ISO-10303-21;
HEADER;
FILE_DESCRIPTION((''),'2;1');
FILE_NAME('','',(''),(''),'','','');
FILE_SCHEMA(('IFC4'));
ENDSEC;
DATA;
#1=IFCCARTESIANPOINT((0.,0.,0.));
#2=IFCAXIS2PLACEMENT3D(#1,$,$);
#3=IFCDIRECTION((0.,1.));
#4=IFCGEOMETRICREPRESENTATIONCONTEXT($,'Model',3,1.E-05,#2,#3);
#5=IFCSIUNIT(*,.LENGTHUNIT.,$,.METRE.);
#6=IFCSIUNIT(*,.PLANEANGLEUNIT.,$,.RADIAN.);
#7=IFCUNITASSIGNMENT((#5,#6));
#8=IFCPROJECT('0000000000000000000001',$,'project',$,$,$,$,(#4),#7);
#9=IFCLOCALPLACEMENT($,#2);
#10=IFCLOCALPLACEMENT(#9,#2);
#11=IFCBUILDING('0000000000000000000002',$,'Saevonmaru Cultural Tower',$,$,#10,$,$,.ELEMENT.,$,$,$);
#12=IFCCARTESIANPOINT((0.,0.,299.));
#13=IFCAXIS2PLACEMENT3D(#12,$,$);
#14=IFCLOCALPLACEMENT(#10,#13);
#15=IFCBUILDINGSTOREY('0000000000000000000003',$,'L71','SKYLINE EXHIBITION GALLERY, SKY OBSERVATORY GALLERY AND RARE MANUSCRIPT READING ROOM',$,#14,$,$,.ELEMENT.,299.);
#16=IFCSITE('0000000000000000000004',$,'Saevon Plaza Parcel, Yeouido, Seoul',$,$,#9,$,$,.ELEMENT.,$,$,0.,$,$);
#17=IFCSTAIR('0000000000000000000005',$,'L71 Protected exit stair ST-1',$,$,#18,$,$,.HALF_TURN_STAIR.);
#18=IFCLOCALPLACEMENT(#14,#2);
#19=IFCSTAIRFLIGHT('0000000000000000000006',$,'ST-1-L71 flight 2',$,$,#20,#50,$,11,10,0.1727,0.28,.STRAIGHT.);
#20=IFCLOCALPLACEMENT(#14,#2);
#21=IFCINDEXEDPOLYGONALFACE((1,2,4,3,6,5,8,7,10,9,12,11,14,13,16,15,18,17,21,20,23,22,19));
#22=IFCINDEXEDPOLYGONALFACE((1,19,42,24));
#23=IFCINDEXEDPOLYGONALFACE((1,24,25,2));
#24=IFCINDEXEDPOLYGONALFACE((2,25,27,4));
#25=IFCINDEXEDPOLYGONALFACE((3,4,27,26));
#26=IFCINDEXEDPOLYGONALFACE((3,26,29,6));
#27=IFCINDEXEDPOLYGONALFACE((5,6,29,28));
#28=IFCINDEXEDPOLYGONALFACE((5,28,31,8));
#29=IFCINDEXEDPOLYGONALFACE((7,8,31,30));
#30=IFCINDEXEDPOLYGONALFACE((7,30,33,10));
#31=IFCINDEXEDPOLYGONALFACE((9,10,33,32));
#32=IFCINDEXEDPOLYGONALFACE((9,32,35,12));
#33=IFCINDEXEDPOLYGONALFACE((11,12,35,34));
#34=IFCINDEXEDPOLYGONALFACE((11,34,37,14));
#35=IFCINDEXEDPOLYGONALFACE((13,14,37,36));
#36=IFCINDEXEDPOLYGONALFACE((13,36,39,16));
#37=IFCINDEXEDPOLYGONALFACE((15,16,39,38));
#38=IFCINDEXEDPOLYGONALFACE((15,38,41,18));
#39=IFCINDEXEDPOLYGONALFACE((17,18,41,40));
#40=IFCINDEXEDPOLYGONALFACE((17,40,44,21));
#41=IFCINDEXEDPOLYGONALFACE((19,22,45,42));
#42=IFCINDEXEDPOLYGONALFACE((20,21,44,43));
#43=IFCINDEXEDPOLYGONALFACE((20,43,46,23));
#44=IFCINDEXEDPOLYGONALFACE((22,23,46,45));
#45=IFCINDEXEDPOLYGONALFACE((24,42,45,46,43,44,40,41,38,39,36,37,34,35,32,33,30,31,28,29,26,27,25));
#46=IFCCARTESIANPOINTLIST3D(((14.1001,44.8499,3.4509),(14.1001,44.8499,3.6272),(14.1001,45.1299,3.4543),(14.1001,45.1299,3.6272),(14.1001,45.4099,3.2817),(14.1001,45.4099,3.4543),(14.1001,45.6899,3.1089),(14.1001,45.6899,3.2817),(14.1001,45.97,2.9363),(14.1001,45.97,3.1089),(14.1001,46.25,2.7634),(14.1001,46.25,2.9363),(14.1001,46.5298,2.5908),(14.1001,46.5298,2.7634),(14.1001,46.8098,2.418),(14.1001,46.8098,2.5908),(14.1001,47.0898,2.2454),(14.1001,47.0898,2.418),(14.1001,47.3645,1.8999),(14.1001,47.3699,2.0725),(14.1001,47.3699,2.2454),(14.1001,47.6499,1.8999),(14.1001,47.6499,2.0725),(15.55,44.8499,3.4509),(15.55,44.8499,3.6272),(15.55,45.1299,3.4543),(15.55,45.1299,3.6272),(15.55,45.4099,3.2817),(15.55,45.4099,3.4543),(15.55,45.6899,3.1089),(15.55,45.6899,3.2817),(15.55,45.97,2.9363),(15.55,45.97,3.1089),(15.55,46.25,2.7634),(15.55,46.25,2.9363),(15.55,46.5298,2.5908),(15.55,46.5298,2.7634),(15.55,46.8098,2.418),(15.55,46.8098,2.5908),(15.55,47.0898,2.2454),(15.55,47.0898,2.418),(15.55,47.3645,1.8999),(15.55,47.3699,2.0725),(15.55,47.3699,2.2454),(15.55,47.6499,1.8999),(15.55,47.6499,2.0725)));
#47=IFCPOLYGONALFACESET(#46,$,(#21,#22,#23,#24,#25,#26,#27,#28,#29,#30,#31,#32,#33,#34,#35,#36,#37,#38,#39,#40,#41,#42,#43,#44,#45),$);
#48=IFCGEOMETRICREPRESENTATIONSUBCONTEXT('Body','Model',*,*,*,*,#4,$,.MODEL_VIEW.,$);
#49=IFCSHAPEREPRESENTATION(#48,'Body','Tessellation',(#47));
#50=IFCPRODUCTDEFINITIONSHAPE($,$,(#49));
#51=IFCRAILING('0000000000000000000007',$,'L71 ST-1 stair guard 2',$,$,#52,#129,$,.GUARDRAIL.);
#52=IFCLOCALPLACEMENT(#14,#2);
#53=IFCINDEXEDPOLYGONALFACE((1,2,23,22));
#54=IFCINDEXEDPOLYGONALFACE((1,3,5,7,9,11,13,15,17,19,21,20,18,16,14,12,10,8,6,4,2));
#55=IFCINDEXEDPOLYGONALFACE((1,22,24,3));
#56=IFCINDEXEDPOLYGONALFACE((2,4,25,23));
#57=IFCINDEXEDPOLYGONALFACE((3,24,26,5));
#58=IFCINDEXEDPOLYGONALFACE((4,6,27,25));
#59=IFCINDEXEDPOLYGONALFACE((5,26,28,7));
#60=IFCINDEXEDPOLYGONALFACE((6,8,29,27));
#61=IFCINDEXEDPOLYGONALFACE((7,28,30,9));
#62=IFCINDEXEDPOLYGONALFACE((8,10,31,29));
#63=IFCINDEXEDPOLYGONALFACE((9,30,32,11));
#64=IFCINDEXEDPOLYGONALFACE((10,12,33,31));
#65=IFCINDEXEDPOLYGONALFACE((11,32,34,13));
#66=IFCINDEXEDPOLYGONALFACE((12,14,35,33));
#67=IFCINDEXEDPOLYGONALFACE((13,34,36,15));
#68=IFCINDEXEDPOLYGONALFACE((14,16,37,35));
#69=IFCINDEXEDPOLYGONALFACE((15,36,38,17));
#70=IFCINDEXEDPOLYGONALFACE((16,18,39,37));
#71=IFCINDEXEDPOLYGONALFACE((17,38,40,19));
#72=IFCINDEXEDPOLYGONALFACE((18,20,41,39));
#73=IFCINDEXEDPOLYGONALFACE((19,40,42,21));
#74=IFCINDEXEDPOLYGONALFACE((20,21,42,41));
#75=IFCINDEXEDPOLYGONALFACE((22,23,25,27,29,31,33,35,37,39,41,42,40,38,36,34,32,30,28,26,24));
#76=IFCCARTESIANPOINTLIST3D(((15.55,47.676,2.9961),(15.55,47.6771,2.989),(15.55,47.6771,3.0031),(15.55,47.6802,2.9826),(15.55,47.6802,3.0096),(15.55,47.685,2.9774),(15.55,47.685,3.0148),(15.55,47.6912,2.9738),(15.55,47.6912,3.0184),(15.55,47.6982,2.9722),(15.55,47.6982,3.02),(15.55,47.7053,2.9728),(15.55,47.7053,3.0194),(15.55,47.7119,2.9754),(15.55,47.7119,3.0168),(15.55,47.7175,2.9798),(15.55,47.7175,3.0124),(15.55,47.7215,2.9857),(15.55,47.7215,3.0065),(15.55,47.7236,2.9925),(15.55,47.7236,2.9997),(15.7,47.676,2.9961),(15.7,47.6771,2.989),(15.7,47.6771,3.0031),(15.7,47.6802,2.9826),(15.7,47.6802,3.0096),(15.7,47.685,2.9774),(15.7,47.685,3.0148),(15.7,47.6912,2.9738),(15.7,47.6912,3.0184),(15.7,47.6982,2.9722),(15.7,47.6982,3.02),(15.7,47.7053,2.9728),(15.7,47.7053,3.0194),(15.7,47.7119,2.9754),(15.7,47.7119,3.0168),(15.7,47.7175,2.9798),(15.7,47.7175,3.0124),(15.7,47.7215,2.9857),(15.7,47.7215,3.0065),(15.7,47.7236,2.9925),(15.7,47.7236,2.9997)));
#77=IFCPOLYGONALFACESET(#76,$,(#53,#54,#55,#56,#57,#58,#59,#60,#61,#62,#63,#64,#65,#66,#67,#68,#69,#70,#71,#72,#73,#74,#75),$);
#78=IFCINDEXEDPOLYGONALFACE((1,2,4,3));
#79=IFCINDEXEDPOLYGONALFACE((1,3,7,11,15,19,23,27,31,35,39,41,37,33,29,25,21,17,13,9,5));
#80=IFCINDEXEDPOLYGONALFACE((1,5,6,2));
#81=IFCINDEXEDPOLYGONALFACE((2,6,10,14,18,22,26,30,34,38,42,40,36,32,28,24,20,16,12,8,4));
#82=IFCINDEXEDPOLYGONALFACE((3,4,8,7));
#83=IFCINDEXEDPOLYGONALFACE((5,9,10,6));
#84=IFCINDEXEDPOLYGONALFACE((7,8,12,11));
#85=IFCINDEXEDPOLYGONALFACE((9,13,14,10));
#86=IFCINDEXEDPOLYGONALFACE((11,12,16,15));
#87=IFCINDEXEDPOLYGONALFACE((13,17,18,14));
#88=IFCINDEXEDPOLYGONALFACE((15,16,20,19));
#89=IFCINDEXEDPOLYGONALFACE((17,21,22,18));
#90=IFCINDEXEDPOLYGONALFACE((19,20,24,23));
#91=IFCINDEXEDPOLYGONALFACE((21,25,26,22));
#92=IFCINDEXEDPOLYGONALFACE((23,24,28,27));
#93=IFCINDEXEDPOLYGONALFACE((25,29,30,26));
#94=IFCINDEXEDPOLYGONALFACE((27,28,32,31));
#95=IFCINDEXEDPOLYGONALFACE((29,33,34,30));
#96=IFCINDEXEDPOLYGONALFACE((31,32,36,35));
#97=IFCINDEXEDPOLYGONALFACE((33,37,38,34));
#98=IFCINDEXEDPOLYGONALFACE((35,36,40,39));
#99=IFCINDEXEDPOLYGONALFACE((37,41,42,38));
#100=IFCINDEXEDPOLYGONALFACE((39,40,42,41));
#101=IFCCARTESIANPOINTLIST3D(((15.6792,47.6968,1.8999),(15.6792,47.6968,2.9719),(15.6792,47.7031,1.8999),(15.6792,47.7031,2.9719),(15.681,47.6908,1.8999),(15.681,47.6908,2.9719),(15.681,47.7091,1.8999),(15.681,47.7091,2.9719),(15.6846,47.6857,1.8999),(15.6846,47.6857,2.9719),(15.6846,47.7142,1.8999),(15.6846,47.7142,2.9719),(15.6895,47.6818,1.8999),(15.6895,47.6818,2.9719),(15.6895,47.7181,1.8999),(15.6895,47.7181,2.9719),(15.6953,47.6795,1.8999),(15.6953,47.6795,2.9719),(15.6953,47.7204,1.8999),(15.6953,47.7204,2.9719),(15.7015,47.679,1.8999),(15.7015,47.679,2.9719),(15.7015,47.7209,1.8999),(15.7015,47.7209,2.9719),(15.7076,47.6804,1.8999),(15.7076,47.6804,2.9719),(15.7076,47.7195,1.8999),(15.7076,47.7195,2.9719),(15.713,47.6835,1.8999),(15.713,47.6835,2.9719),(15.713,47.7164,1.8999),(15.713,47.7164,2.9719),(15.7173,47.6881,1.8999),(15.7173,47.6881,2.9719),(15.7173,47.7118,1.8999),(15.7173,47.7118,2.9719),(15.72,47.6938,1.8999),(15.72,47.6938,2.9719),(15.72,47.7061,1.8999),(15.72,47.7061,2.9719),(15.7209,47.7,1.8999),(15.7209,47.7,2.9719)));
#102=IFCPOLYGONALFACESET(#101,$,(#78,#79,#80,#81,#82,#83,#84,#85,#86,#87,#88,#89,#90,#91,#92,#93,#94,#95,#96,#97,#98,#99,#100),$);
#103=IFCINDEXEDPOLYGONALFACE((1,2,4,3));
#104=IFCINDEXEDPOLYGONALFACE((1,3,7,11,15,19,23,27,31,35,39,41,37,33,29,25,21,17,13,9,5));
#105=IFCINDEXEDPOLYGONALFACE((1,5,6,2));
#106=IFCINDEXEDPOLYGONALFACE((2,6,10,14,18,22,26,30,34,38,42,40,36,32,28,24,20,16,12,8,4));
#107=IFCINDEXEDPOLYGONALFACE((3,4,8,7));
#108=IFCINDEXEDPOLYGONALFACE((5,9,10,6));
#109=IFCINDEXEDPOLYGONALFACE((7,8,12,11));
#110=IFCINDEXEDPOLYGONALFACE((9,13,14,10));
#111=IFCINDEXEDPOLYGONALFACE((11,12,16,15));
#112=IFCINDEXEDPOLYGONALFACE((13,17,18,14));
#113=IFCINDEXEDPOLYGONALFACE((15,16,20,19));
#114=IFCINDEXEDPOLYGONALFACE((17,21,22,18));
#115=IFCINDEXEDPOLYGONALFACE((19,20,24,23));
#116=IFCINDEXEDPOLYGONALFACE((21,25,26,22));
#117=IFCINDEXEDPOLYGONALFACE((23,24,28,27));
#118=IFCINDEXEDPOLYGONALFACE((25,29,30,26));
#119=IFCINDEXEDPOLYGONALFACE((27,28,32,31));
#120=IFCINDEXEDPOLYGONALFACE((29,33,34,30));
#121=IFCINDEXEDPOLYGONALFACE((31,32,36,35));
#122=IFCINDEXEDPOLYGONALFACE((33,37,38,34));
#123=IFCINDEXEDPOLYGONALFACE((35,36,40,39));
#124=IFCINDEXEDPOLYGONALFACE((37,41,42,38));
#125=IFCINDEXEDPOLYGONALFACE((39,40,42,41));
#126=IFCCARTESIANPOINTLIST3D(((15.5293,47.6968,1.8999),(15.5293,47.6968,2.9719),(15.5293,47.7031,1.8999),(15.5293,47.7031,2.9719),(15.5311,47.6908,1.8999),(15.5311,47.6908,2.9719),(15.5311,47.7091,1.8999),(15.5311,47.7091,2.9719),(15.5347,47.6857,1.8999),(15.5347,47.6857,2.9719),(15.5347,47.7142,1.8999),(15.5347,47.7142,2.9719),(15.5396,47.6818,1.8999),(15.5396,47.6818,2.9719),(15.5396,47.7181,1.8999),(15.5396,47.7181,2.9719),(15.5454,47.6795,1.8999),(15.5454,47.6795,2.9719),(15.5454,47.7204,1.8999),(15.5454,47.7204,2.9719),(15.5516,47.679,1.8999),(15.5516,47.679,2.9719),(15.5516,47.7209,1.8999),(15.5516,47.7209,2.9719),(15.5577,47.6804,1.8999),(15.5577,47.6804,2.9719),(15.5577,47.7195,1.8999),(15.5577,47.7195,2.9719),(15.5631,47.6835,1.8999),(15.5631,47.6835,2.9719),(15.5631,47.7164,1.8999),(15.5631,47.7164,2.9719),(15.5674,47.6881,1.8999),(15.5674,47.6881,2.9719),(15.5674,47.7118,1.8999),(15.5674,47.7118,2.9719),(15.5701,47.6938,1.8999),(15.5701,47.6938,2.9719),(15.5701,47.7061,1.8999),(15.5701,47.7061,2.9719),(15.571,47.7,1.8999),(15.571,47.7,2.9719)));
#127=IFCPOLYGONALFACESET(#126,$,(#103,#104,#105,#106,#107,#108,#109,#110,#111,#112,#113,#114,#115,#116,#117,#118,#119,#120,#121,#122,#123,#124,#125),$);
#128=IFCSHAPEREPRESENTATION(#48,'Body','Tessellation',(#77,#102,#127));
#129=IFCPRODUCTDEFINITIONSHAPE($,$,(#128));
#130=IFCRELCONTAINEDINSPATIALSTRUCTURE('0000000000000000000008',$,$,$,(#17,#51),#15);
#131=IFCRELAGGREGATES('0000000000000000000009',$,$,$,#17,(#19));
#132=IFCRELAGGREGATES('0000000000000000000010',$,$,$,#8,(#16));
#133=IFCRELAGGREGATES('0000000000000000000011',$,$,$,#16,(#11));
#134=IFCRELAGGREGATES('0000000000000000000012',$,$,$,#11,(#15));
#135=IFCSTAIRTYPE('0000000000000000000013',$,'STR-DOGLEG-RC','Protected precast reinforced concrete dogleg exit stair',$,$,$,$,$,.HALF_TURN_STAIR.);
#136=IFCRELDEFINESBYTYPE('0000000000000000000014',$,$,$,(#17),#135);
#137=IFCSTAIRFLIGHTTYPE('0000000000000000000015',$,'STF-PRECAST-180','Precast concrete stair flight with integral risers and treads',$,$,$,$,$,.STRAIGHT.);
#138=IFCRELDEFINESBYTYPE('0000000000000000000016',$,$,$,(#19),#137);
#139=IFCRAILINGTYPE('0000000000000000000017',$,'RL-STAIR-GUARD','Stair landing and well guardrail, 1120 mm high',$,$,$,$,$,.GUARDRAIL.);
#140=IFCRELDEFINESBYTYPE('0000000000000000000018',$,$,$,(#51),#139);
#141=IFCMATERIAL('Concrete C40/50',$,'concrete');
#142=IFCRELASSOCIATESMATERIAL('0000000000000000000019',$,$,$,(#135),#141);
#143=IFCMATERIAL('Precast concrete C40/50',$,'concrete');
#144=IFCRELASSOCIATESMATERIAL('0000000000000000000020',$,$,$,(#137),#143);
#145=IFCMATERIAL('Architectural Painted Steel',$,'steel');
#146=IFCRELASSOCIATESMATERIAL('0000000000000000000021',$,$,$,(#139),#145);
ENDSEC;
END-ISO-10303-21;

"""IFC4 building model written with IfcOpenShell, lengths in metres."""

from ifc_helpers import new_model, si_unit, direction, frame, origin, origin_2d, place, context, subcontext, project, spatial, polyline, circle, outline, extrude, material, type_object, element, aggregate, save


model = new_model("IFC4")

# Units and contexts
model_context = context("Model", 3, precision=1e-05, world=origin(), true_north=direction((0.0, 1.0)))
body_context = subcontext(model_context, "Body", "Model", "MODEL_VIEW")
ifc_project = project(units=[si_unit("LENGTHUNIT", "METRE"), si_unit("PLANEANGLEUNIT", "RADIAN")], contexts=[model_context])

# Site, building, storey
site_placement = place(None, origin())
site = spatial("IfcSite", under=ifc_project, at=site_placement, Name="Saevon Plaza Parcel, Yeouido, Seoul", CompositionType="ELEMENT", RefElevation=0.0)
building_placement = place(site_placement, origin())
building = spatial("IfcBuilding", under=site, at=building_placement, Name="Saevonmaru Cultural Tower", CompositionType="ELEMENT")
storey_placement = place(building_placement, frame((0.0, 0.0, 299.0)))
storey = spatial("IfcBuildingStorey", under=building, at=storey_placement, Name="L71", Description="SKYLINE EXHIBITION GALLERY, SKY OBSERVATORY GALLERY AND RARE MANUSCRIPT READING ROOM", CompositionType="ELEMENT", Elevation=299.0)

# Shared definitions
ifc_material_1 = material(Name="Concrete C40/50", Category="concrete")

# Stair, stair flight
stair_type = type_object("IfcStairType", Name="STR-DOGLEG-RC", Description="Protected precast reinforced concrete dogleg exit stair", PredefinedType="HALF_TURN_STAIR", material=ifc_material_1)
stair_placement = place(storey_placement, origin())
stair = element("IfcStair", 1, at=stair_placement, inside=storey, type_object=stair_type, Name="L71 Protected exit stair ST-1", PredefinedType="HALF_TURN_STAIR")
ifc_material_2 = material(Name="Precast concrete C40/50", Category="concrete")
stair_flight_type = type_object("IfcStairFlightType", Name="STF-PRECAST-180", Description="Precast concrete stair flight with integral risers and treads", PredefinedType="STRAIGHT", material=ifc_material_2)
stair_flight_placement = place(storey_placement, frame((14.825, 47.6499, 1.8999), z_axis=(0.0, 0.0, 1.0), x_axis=(0.0, -1.0, 0.0)))
stair_flight = element("IfcStairFlight", 2, at=stair_flight_placement, type_object=stair_flight_type, Name="ST-1-L71 flight 2", NumberOfRisers=11, NumberOfTreads=10, PredefinedType="STRAIGHT", RiserHeight=0.1727, TreadLength=0.28, context=body_context, shape_type="SweptSolid", body=[
    extrude(outline(polyline([(0.0, 0.0), (0.0, 0.1726), (0.28, 0.1726), (0.28, 0.3455), (0.5601, 0.3455), (0.5601, 0.5181), (0.8401, 0.5181), (0.8401, 0.6909), (1.1201, 0.6909), (1.1201, 0.8635), (1.3999, 0.8635), (1.3999, 1.0364), (1.6799, 1.0364), (1.6799, 1.209), (1.96, 1.209), (1.96, 1.3818), (2.24, 1.3818), (2.24, 1.5544), (2.52, 1.5544), (2.52, 1.7273), (2.8, 1.7273), (2.8, 1.8999), (2.8, 1.551), (0.2854, 0.0), (0.0, 0.0)])), frame((0.0, 0.7251, 0.0), z_axis=(0.0, -1.0, 0.0), x_axis=(1.0, 0.0, 0.0)), (0.0, 0.0, 1.0), 1.45),
])
aggregate(stair, [stair_flight])

# Railing
ifc_material_3 = material(Name="Architectural Painted Steel", Category="steel")
railing_type_1 = type_object("IfcRailingType", Name="RL-STAIR-GUARD", Description="Stair landing and well guardrail, 1120 mm high", PredefinedType="GUARDRAIL", material=ifc_material_3)
railing_1_placement = place(storey_placement, frame((15.7, 47.7, 1.8999)))
element("IfcRailing", 3, at=railing_1_placement, inside=storey, type_object=railing_type_1, Name="L71 ST-1 stair guard 2", PredefinedType="GUARDRAIL", context=body_context, shape_type="SweptSolid", body=[
    extrude(circle(Radius=0.0239, at=origin_2d()), frame((0.0, 0.0, 1.0962), z_axis=(-1.0, 0.0, 0.0), x_axis=(0.0, -1.0, 0.0)), (0.0, 0.0, 1.0), 0.1499),
    extrude(circle(Radius=0.021, at=origin_2d()), origin(), (0.0, 0.0, 1.0), 1.072),
    extrude(circle(Radius=0.021, at=origin_2d()), frame((-0.1499, 0.0, 0.0)), (0.0, 0.0, 1.0), 1.072),
])

save(model, "model.ifc")
